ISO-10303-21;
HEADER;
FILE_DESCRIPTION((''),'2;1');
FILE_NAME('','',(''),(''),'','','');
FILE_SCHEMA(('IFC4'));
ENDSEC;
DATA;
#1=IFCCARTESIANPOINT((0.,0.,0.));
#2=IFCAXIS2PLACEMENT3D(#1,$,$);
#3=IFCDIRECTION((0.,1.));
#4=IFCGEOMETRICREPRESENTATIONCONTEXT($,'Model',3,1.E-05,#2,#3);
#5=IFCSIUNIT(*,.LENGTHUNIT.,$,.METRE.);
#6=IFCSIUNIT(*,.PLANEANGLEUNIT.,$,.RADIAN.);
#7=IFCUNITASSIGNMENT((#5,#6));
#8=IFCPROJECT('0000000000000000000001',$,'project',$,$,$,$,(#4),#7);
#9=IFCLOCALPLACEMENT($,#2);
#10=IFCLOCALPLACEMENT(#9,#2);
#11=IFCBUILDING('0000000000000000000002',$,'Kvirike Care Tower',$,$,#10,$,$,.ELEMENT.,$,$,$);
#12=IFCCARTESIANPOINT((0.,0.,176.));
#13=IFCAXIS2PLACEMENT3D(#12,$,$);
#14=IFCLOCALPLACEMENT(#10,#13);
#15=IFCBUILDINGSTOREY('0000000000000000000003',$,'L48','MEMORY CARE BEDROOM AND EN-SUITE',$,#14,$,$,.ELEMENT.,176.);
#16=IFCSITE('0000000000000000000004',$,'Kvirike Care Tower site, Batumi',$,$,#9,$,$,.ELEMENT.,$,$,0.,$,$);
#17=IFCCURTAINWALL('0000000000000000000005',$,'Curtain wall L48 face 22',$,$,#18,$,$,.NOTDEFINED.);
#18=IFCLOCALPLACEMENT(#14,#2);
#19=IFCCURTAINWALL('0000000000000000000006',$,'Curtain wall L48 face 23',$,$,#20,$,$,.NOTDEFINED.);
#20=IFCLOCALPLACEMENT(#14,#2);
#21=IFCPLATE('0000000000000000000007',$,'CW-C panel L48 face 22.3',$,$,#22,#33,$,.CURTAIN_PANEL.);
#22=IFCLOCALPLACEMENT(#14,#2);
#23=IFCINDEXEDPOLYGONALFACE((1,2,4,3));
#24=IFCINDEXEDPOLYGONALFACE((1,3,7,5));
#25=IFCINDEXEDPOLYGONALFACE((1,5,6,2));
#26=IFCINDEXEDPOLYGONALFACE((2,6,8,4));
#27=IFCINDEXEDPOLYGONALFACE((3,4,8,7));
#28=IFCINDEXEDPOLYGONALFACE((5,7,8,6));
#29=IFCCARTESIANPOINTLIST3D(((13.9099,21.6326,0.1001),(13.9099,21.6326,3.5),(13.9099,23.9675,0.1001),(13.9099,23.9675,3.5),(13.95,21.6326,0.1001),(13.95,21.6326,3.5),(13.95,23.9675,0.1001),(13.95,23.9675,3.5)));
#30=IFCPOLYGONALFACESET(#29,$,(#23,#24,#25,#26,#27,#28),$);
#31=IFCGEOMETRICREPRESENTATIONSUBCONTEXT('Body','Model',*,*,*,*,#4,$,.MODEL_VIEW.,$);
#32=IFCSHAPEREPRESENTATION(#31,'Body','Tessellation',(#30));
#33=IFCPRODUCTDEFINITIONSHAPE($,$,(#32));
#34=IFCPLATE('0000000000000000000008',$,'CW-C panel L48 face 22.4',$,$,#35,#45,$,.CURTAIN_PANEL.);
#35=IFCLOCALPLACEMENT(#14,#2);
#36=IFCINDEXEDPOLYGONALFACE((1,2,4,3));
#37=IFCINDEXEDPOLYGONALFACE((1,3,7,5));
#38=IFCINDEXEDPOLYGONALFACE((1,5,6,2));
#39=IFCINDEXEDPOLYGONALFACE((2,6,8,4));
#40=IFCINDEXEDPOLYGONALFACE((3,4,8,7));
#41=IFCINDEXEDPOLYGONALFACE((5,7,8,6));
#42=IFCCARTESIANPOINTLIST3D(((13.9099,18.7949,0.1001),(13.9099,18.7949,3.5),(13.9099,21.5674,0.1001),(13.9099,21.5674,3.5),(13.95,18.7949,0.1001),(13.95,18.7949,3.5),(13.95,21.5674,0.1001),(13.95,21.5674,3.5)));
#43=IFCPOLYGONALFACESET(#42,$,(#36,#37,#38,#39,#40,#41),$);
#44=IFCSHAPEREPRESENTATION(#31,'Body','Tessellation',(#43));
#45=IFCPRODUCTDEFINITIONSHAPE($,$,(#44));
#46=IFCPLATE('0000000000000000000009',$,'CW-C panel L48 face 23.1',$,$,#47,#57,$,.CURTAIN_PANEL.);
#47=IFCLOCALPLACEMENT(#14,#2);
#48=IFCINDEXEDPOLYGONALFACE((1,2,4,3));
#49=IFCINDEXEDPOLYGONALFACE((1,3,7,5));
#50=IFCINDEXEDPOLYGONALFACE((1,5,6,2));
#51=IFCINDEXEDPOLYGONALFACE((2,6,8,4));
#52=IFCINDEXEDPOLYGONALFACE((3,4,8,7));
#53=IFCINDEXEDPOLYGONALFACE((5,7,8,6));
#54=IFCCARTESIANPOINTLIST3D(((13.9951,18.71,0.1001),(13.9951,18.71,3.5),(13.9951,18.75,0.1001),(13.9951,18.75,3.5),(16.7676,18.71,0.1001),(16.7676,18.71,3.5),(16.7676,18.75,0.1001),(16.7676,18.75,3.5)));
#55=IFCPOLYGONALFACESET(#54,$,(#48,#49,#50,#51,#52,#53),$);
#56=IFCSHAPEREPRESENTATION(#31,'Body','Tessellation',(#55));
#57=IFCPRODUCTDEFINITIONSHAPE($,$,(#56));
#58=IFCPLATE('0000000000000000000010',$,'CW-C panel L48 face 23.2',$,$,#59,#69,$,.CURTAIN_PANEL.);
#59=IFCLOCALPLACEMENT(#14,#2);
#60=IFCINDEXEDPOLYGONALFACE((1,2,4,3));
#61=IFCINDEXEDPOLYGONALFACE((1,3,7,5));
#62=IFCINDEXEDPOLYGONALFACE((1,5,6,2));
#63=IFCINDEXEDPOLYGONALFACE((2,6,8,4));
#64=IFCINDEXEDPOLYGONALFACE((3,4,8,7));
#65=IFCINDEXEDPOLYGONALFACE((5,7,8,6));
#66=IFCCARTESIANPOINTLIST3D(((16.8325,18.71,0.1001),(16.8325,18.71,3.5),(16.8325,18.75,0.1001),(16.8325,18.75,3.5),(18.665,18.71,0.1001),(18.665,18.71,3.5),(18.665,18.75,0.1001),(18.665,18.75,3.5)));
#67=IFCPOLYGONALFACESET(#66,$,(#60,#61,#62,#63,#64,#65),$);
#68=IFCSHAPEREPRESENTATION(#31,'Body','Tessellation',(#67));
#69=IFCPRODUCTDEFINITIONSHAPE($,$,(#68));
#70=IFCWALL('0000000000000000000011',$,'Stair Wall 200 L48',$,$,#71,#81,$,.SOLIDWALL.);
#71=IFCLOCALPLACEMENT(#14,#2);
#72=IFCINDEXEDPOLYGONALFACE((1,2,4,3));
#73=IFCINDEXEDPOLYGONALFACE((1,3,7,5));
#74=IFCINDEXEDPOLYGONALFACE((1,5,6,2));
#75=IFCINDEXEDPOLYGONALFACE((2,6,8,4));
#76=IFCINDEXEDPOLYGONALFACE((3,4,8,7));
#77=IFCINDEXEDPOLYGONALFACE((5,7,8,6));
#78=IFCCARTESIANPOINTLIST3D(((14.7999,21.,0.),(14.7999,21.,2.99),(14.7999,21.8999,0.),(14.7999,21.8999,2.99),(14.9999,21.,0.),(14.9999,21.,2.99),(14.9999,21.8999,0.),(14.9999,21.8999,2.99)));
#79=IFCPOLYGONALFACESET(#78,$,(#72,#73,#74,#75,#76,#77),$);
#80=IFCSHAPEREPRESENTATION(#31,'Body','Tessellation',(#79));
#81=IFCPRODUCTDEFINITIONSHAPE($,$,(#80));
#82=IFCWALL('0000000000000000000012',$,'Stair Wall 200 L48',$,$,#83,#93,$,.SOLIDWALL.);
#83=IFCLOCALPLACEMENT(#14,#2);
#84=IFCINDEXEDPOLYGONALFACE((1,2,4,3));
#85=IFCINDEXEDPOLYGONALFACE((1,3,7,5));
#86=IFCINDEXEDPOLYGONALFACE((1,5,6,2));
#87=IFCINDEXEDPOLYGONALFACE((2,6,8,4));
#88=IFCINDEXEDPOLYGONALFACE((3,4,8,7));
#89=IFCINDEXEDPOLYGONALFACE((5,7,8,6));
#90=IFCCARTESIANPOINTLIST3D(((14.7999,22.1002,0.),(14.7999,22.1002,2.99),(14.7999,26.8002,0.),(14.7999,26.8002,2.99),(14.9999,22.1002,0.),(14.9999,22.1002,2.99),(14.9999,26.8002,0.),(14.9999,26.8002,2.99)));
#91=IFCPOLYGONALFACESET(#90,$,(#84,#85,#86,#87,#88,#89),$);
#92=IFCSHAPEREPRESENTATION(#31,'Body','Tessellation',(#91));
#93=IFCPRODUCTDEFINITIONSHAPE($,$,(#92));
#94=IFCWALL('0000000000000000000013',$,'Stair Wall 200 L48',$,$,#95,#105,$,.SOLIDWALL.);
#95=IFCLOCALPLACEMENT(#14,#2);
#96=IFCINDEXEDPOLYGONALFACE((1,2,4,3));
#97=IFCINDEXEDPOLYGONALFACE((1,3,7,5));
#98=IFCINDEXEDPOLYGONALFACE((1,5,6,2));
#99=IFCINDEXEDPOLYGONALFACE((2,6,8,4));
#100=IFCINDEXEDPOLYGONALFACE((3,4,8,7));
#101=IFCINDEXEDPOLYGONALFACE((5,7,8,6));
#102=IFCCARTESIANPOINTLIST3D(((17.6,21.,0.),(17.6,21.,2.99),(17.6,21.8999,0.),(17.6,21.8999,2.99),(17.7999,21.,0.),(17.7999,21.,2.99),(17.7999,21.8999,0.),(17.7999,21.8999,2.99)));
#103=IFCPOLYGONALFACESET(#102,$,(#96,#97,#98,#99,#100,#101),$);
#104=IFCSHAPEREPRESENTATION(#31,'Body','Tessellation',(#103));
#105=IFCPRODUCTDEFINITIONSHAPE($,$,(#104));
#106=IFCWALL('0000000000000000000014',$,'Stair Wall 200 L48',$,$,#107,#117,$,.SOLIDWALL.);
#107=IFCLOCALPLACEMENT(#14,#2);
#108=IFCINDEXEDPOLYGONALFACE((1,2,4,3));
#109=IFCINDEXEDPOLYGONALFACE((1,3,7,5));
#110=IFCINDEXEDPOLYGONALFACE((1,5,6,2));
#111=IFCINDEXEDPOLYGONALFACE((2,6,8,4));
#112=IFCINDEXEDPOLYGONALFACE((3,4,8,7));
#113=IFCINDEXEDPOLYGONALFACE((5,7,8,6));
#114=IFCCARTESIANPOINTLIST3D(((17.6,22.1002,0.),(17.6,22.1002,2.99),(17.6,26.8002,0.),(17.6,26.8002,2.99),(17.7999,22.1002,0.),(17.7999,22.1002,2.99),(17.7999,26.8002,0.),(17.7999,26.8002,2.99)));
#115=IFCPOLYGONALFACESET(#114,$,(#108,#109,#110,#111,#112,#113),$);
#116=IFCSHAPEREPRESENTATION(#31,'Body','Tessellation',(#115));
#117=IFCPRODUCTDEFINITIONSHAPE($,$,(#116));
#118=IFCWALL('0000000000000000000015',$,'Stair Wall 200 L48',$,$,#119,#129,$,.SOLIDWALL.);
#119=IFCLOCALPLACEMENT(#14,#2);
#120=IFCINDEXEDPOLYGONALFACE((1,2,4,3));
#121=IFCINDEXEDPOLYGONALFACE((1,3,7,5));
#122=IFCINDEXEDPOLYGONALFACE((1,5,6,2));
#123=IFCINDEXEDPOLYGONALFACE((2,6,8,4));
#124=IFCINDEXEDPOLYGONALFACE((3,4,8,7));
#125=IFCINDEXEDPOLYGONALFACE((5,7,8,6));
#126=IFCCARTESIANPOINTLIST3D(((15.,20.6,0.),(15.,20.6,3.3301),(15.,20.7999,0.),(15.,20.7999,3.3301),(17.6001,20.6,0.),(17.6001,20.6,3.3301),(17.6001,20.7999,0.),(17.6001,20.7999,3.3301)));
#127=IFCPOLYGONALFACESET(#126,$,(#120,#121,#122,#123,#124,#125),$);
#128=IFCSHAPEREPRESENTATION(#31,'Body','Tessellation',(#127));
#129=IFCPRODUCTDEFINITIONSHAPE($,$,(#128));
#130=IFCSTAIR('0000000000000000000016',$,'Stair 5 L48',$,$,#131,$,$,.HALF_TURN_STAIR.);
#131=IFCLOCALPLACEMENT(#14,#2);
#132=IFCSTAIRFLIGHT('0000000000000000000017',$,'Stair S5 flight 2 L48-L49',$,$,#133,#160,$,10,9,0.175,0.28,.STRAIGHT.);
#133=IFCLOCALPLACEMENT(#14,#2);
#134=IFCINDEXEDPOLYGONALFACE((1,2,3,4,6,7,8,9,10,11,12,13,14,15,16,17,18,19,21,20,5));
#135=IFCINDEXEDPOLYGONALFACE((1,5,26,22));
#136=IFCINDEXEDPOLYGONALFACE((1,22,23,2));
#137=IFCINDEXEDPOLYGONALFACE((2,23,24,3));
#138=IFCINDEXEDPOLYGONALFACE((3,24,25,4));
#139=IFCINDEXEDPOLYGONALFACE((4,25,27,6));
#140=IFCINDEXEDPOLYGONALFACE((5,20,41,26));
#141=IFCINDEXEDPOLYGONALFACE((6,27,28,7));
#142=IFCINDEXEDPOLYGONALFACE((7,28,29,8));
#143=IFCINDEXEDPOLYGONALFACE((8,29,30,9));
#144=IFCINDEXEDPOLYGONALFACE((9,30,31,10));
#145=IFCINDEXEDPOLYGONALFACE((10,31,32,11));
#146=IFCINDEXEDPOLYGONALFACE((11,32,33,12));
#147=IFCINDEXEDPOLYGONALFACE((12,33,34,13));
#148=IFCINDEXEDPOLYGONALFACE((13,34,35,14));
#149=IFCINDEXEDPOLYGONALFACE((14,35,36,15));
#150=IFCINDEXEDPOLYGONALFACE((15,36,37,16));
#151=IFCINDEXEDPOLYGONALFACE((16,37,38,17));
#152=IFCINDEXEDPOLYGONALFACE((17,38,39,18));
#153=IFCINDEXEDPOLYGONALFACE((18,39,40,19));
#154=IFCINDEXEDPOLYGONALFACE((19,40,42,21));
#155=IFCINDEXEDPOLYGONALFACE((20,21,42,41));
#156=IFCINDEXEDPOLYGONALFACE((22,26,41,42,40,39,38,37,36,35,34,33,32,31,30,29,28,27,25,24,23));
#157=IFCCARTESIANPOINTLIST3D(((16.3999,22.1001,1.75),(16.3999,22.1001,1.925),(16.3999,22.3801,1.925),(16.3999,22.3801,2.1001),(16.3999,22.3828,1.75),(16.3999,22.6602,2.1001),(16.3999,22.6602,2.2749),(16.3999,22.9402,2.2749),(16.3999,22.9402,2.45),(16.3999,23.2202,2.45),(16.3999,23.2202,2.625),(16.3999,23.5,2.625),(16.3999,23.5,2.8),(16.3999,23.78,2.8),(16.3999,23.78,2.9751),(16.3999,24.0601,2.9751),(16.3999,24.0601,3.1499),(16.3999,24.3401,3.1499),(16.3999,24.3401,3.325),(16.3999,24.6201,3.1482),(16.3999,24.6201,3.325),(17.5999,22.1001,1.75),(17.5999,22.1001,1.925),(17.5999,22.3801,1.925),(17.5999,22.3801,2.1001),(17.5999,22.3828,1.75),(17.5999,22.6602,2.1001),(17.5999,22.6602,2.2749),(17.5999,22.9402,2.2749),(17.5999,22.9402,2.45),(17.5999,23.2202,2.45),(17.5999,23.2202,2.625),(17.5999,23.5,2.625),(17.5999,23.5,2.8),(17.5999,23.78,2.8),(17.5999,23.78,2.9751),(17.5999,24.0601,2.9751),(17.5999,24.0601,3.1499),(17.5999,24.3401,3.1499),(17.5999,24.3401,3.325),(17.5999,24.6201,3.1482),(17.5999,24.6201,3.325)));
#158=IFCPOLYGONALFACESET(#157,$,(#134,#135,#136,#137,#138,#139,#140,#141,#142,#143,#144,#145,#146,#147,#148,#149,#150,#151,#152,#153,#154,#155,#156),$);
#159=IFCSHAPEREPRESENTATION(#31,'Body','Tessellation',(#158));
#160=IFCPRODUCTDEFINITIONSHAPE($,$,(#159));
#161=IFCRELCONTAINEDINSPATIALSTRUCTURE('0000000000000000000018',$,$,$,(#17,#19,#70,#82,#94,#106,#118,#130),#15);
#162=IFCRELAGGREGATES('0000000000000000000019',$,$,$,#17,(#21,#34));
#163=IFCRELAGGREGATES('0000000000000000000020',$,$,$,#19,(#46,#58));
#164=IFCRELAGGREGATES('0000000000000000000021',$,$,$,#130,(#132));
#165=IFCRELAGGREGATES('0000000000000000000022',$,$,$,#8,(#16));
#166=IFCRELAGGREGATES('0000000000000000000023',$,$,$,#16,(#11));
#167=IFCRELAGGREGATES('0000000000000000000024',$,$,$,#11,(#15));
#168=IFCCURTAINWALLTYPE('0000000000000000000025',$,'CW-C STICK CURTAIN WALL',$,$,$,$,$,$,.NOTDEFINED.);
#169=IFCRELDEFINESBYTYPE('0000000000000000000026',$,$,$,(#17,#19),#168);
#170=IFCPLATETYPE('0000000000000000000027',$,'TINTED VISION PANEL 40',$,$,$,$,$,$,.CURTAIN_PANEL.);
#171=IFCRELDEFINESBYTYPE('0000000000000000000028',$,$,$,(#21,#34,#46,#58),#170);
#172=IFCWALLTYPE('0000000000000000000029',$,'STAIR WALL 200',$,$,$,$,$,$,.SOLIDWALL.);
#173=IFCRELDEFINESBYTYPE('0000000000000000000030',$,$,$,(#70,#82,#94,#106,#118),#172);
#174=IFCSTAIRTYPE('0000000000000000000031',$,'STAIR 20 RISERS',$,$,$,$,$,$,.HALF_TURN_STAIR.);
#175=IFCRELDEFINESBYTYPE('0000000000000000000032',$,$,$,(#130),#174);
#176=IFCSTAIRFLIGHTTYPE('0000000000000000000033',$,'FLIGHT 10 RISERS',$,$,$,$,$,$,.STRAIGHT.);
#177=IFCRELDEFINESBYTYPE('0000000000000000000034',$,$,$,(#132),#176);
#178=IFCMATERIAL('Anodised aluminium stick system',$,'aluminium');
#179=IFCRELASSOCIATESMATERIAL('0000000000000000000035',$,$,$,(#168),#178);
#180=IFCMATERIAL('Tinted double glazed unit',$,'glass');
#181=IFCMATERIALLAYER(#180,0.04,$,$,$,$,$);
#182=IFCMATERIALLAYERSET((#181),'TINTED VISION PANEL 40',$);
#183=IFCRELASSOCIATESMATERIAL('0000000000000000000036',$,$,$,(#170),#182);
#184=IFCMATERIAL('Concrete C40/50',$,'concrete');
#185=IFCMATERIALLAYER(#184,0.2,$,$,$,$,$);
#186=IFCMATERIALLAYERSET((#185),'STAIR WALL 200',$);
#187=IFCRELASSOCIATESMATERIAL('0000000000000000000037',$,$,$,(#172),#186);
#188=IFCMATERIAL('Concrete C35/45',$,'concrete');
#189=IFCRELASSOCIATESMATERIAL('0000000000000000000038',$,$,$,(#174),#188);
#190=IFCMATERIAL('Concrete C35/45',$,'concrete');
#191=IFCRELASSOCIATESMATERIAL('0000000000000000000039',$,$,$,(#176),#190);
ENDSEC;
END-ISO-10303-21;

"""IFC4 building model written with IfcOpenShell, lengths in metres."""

from ifc_helpers import new_model, si_unit, direction, frame, frame_2d, origin, origin_2d, place, context, subcontext, project, spatial, polyline, rectangle, outline, extrude, material, layer, layer_set, type_object, element, aggregate, save


model = new_model("IFC4")

# Units and contexts
model_context = context("Model", 3, precision=1e-05, world=origin(), true_north=direction((0.0, 1.0)))
body_context = subcontext(model_context, "Body", "Model", "MODEL_VIEW")
ifc_project = project(units=[si_unit("LENGTHUNIT", "METRE"), si_unit("PLANEANGLEUNIT", "RADIAN")], contexts=[model_context])

# Site, building, storey
site_placement = place(None, origin())
site = spatial("IfcSite", under=ifc_project, at=site_placement, Name="Kvirike Care Tower site, Batumi", CompositionType="ELEMENT", RefElevation=0.0)
building_placement = place(site_placement, origin())
building = spatial("IfcBuilding", under=site, at=building_placement, Name="Kvirike Care Tower", CompositionType="ELEMENT")
storey_placement = place(building_placement, frame((0.0, 0.0, 176.0)))
storey = spatial("IfcBuildingStorey", under=building, at=storey_placement, Name="L48", Description="MEMORY CARE BEDROOM AND EN-SUITE", CompositionType="ELEMENT", Elevation=176.0)

# Curtain walls
ifc_material_1 = material(Name="Anodised aluminium stick system", Category="aluminium")
curtain_wall_type = type_object("IfcCurtainWallType", Name="CW-C STICK CURTAIN WALL", PredefinedType="NOTDEFINED", material=ifc_material_1)
curtain_wall_1_placement = place(storey_placement, origin())
curtain_wall_1 = element("IfcCurtainWall", 1, at=curtain_wall_1_placement, inside=storey, type_object=curtain_wall_type, Name="Curtain wall L48 face 22", PredefinedType="NOTDEFINED")
curtain_wall_2_placement = place(storey_placement, origin())
curtain_wall_2 = element("IfcCurtainWall", 2, at=curtain_wall_2_placement, inside=storey, type_object=curtain_wall_type, Name="Curtain wall L48 face 23", PredefinedType="NOTDEFINED")

# Plates
ifc_material_2 = material(Name="Tinted double glazed unit", Category="glass")
ifc_layer_1 = layer(ifc_material_2, 0.04)
ifc_layer_set_1 = layer_set([ifc_layer_1], Name="TINTED VISION PANEL 40")
plate_type = type_object("IfcPlateType", Name="TINTED VISION PANEL 40", PredefinedType="CURTAIN_PANEL", material=ifc_layer_set_1)
plate_1_placement = place(storey_placement, frame((13.9299, 22.8, 0.1001), z_axis=(0.0, 0.0, 1.0), x_axis=(0.0, -1.0, 0.0)))
plate_1 = element("IfcPlate", 3, at=plate_1_placement, type_object=plate_type, Name="CW-C panel L48 face 22.3", PredefinedType="CURTAIN_PANEL", context=body_context, shape_type="SweptSolid", body=[
    extrude(rectangle(XDim=2.335, YDim=0.04, at=origin_2d()), origin(), (0.0, 0.0, 1.0), 3.3999),
])
plate_2_placement = place(storey_placement, frame((13.9299, 20.1812, 0.1001), z_axis=(0.0, 0.0, 1.0), x_axis=(0.0, -1.0, 0.0)))
plate_2 = element("IfcPlate", 4, at=plate_2_placement, type_object=plate_type, Name="CW-C panel L48 face 22.4", PredefinedType="CURTAIN_PANEL", context=body_context, shape_type="SweptSolid", body=[
    extrude(rectangle(XDim=2.7725, YDim=0.04, at=origin_2d()), origin(), (0.0, 0.0, 1.0), 3.3999),
])
aggregate(curtain_wall_1, [plate_1, plate_2])
plate_3_placement = place(storey_placement, frame((15.3813, 18.73, 0.1001), z_axis=(0.0, 0.0, 1.0), x_axis=(1.0, 0.0, 0.0)))
plate_3 = element("IfcPlate", 5, at=plate_3_placement, type_object=plate_type, Name="CW-C panel L48 face 23.1", PredefinedType="CURTAIN_PANEL", context=body_context, shape_type="SweptSolid", body=[
    extrude(rectangle(XDim=2.7725, YDim=0.04, at=origin_2d()), origin(), (0.0, 0.0, 1.0), 3.3999),
])
plate_4_placement = place(storey_placement, frame((17.7488, 18.73, 0.1001), z_axis=(0.0, 0.0, 1.0), x_axis=(1.0, 0.0, 0.0)))
plate_4 = element("IfcPlate", 6, at=plate_4_placement, type_object=plate_type, Name="CW-C panel L48 face 23.2", PredefinedType="CURTAIN_PANEL", context=body_context, shape_type="SweptSolid", body=[
    extrude(rectangle(XDim=1.8325, YDim=0.04, at=origin_2d()), origin(), (0.0, 0.0, 1.0), 3.3999),
])
aggregate(curtain_wall_2, [plate_3, plate_4])

# Walls
ifc_material_3 = material(Name="Concrete C40/50", Category="concrete")
ifc_layer_2 = layer(ifc_material_3, 0.2)
ifc_layer_set_2 = layer_set([ifc_layer_2], Name="STAIR WALL 200")
wall_type = type_object("IfcWallType", Name="STAIR WALL 200", PredefinedType="SOLIDWALL", material=ifc_layer_set_2)
wall_1_placement = place(storey_placement, frame((14.8999, 21.0, 0.0), z_axis=(0.0, 0.0, 1.0), x_axis=(0.0, 1.0, 0.0)))
element("IfcWall", 7, at=wall_1_placement, inside=storey, type_object=wall_type, Name="Stair Wall 200 L48", PredefinedType="SOLIDWALL", context=body_context, shape_type="SweptSolid", body=[
    extrude(rectangle(XDim=0.8999, YDim=0.2, at=frame_2d((0.45, 0.0))), origin(), (0.0, 0.0, 1.0), 2.99),
])
wall_2_placement = place(storey_placement, frame((14.8999, 22.1001, 0.0), z_axis=(0.0, 0.0, 1.0), x_axis=(0.0, 1.0, 0.0)))
element("IfcWall", 8, at=wall_2_placement, inside=storey, type_object=wall_type, Name="Stair Wall 200 L48", PredefinedType="SOLIDWALL", context=body_context, shape_type="SweptSolid", body=[
    extrude(rectangle(XDim=4.7, YDim=0.2, at=frame_2d((2.3501, 0.0))), origin(), (0.0, 0.0, 1.0), 2.99),
])
wall_3_placement = place(storey_placement, frame((17.7, 21.0, 0.0), z_axis=(0.0, 0.0, 1.0), x_axis=(0.0, 1.0, 0.0)))
element("IfcWall", 9, at=wall_3_placement, inside=storey, type_object=wall_type, Name="Stair Wall 200 L48", PredefinedType="SOLIDWALL", context=body_context, shape_type="SweptSolid", body=[
    extrude(rectangle(XDim=0.8999, YDim=0.2, at=frame_2d((0.45, 0.0))), origin(), (0.0, 0.0, 1.0), 2.99),
])
wall_4_placement = place(storey_placement, frame((17.7, 22.1001, 0.0), z_axis=(0.0, 0.0, 1.0), x_axis=(0.0, 1.0, 0.0)))
element("IfcWall", 10, at=wall_4_placement, inside=storey, type_object=wall_type, Name="Stair Wall 200 L48", PredefinedType="SOLIDWALL", context=body_context, shape_type="SweptSolid", body=[
    extrude(rectangle(XDim=4.7, YDim=0.2, at=frame_2d((2.3501, 0.0))), origin(), (0.0, 0.0, 1.0), 2.99),
])
wall_5_placement = place(storey_placement, frame((15.0, 20.7, 0.0), z_axis=(0.0, 0.0, 1.0), x_axis=(1.0, 0.0, 0.0)))
element("IfcWall", 11, at=wall_5_placement, inside=storey, type_object=wall_type, Name="Stair Wall 200 L48", PredefinedType="SOLIDWALL", context=body_context, shape_type="SweptSolid", body=[
    extrude(rectangle(XDim=2.6001, YDim=0.2, at=frame_2d((1.3, 0.0))), origin(), (0.0, 0.0, 1.0), 3.3301),
])

# Stair, stair flight
ifc_material_4 = material(Name="Concrete C35/45", Category="concrete")
stair_type = type_object("IfcStairType", Name="STAIR 20 RISERS", PredefinedType="HALF_TURN_STAIR", material=ifc_material_4)
stair_placement = place(storey_placement, origin())
stair = element("IfcStair", 12, at=stair_placement, inside=storey, type_object=stair_type, Name="Stair 5 L48", PredefinedType="HALF_TURN_STAIR")
ifc_material_5 = material(Name="Concrete C35/45", Category="concrete")
stair_flight_type = type_object("IfcStairFlightType", Name="FLIGHT 10 RISERS", PredefinedType="STRAIGHT", material=ifc_material_5)
stair_flight_placement = place(storey_placement, frame((17.0, 22.1001, 1.75), z_axis=(0.0, 0.0, 1.0), x_axis=(0.0, 1.0, 0.0)))
stair_flight = element("IfcStairFlight", 13, at=stair_flight_placement, type_object=stair_flight_type, Name="Stair S5 flight 2 L48-L49", NumberOfRisers=10, NumberOfTreads=9, PredefinedType="STRAIGHT", RiserHeight=0.175, TreadLength=0.28, context=body_context, shape_type="SweptSolid", body=[
    extrude(outline(polyline([(0.0, 0.0), (0.0, 0.175), (0.28, 0.175), (0.28, 0.3501), (0.5601, 0.3501), (0.5601, 0.5249), (0.8401, 0.5249), (0.8401, 0.7), (1.1201, 0.7), (1.1201, 0.875), (1.3999, 0.875), (1.3999, 1.05), (1.6799, 1.05), (1.6799, 1.2251), (1.96, 1.2251), (1.96, 1.3999), (2.24, 1.3999), (2.24, 1.575), (2.52, 1.575), (2.52, 1.75), (2.52, 1.3982), (0.2827, 0.0), (0.0, 0.0)])), frame((0.0, 0.6001, 0.0), z_axis=(0.0, -1.0, 0.0), x_axis=(1.0, 0.0, 0.0)), (0.0, 0.0, 1.0), 1.2),
])
aggregate(stair, [stair_flight])

save(model, "model.ifc")
